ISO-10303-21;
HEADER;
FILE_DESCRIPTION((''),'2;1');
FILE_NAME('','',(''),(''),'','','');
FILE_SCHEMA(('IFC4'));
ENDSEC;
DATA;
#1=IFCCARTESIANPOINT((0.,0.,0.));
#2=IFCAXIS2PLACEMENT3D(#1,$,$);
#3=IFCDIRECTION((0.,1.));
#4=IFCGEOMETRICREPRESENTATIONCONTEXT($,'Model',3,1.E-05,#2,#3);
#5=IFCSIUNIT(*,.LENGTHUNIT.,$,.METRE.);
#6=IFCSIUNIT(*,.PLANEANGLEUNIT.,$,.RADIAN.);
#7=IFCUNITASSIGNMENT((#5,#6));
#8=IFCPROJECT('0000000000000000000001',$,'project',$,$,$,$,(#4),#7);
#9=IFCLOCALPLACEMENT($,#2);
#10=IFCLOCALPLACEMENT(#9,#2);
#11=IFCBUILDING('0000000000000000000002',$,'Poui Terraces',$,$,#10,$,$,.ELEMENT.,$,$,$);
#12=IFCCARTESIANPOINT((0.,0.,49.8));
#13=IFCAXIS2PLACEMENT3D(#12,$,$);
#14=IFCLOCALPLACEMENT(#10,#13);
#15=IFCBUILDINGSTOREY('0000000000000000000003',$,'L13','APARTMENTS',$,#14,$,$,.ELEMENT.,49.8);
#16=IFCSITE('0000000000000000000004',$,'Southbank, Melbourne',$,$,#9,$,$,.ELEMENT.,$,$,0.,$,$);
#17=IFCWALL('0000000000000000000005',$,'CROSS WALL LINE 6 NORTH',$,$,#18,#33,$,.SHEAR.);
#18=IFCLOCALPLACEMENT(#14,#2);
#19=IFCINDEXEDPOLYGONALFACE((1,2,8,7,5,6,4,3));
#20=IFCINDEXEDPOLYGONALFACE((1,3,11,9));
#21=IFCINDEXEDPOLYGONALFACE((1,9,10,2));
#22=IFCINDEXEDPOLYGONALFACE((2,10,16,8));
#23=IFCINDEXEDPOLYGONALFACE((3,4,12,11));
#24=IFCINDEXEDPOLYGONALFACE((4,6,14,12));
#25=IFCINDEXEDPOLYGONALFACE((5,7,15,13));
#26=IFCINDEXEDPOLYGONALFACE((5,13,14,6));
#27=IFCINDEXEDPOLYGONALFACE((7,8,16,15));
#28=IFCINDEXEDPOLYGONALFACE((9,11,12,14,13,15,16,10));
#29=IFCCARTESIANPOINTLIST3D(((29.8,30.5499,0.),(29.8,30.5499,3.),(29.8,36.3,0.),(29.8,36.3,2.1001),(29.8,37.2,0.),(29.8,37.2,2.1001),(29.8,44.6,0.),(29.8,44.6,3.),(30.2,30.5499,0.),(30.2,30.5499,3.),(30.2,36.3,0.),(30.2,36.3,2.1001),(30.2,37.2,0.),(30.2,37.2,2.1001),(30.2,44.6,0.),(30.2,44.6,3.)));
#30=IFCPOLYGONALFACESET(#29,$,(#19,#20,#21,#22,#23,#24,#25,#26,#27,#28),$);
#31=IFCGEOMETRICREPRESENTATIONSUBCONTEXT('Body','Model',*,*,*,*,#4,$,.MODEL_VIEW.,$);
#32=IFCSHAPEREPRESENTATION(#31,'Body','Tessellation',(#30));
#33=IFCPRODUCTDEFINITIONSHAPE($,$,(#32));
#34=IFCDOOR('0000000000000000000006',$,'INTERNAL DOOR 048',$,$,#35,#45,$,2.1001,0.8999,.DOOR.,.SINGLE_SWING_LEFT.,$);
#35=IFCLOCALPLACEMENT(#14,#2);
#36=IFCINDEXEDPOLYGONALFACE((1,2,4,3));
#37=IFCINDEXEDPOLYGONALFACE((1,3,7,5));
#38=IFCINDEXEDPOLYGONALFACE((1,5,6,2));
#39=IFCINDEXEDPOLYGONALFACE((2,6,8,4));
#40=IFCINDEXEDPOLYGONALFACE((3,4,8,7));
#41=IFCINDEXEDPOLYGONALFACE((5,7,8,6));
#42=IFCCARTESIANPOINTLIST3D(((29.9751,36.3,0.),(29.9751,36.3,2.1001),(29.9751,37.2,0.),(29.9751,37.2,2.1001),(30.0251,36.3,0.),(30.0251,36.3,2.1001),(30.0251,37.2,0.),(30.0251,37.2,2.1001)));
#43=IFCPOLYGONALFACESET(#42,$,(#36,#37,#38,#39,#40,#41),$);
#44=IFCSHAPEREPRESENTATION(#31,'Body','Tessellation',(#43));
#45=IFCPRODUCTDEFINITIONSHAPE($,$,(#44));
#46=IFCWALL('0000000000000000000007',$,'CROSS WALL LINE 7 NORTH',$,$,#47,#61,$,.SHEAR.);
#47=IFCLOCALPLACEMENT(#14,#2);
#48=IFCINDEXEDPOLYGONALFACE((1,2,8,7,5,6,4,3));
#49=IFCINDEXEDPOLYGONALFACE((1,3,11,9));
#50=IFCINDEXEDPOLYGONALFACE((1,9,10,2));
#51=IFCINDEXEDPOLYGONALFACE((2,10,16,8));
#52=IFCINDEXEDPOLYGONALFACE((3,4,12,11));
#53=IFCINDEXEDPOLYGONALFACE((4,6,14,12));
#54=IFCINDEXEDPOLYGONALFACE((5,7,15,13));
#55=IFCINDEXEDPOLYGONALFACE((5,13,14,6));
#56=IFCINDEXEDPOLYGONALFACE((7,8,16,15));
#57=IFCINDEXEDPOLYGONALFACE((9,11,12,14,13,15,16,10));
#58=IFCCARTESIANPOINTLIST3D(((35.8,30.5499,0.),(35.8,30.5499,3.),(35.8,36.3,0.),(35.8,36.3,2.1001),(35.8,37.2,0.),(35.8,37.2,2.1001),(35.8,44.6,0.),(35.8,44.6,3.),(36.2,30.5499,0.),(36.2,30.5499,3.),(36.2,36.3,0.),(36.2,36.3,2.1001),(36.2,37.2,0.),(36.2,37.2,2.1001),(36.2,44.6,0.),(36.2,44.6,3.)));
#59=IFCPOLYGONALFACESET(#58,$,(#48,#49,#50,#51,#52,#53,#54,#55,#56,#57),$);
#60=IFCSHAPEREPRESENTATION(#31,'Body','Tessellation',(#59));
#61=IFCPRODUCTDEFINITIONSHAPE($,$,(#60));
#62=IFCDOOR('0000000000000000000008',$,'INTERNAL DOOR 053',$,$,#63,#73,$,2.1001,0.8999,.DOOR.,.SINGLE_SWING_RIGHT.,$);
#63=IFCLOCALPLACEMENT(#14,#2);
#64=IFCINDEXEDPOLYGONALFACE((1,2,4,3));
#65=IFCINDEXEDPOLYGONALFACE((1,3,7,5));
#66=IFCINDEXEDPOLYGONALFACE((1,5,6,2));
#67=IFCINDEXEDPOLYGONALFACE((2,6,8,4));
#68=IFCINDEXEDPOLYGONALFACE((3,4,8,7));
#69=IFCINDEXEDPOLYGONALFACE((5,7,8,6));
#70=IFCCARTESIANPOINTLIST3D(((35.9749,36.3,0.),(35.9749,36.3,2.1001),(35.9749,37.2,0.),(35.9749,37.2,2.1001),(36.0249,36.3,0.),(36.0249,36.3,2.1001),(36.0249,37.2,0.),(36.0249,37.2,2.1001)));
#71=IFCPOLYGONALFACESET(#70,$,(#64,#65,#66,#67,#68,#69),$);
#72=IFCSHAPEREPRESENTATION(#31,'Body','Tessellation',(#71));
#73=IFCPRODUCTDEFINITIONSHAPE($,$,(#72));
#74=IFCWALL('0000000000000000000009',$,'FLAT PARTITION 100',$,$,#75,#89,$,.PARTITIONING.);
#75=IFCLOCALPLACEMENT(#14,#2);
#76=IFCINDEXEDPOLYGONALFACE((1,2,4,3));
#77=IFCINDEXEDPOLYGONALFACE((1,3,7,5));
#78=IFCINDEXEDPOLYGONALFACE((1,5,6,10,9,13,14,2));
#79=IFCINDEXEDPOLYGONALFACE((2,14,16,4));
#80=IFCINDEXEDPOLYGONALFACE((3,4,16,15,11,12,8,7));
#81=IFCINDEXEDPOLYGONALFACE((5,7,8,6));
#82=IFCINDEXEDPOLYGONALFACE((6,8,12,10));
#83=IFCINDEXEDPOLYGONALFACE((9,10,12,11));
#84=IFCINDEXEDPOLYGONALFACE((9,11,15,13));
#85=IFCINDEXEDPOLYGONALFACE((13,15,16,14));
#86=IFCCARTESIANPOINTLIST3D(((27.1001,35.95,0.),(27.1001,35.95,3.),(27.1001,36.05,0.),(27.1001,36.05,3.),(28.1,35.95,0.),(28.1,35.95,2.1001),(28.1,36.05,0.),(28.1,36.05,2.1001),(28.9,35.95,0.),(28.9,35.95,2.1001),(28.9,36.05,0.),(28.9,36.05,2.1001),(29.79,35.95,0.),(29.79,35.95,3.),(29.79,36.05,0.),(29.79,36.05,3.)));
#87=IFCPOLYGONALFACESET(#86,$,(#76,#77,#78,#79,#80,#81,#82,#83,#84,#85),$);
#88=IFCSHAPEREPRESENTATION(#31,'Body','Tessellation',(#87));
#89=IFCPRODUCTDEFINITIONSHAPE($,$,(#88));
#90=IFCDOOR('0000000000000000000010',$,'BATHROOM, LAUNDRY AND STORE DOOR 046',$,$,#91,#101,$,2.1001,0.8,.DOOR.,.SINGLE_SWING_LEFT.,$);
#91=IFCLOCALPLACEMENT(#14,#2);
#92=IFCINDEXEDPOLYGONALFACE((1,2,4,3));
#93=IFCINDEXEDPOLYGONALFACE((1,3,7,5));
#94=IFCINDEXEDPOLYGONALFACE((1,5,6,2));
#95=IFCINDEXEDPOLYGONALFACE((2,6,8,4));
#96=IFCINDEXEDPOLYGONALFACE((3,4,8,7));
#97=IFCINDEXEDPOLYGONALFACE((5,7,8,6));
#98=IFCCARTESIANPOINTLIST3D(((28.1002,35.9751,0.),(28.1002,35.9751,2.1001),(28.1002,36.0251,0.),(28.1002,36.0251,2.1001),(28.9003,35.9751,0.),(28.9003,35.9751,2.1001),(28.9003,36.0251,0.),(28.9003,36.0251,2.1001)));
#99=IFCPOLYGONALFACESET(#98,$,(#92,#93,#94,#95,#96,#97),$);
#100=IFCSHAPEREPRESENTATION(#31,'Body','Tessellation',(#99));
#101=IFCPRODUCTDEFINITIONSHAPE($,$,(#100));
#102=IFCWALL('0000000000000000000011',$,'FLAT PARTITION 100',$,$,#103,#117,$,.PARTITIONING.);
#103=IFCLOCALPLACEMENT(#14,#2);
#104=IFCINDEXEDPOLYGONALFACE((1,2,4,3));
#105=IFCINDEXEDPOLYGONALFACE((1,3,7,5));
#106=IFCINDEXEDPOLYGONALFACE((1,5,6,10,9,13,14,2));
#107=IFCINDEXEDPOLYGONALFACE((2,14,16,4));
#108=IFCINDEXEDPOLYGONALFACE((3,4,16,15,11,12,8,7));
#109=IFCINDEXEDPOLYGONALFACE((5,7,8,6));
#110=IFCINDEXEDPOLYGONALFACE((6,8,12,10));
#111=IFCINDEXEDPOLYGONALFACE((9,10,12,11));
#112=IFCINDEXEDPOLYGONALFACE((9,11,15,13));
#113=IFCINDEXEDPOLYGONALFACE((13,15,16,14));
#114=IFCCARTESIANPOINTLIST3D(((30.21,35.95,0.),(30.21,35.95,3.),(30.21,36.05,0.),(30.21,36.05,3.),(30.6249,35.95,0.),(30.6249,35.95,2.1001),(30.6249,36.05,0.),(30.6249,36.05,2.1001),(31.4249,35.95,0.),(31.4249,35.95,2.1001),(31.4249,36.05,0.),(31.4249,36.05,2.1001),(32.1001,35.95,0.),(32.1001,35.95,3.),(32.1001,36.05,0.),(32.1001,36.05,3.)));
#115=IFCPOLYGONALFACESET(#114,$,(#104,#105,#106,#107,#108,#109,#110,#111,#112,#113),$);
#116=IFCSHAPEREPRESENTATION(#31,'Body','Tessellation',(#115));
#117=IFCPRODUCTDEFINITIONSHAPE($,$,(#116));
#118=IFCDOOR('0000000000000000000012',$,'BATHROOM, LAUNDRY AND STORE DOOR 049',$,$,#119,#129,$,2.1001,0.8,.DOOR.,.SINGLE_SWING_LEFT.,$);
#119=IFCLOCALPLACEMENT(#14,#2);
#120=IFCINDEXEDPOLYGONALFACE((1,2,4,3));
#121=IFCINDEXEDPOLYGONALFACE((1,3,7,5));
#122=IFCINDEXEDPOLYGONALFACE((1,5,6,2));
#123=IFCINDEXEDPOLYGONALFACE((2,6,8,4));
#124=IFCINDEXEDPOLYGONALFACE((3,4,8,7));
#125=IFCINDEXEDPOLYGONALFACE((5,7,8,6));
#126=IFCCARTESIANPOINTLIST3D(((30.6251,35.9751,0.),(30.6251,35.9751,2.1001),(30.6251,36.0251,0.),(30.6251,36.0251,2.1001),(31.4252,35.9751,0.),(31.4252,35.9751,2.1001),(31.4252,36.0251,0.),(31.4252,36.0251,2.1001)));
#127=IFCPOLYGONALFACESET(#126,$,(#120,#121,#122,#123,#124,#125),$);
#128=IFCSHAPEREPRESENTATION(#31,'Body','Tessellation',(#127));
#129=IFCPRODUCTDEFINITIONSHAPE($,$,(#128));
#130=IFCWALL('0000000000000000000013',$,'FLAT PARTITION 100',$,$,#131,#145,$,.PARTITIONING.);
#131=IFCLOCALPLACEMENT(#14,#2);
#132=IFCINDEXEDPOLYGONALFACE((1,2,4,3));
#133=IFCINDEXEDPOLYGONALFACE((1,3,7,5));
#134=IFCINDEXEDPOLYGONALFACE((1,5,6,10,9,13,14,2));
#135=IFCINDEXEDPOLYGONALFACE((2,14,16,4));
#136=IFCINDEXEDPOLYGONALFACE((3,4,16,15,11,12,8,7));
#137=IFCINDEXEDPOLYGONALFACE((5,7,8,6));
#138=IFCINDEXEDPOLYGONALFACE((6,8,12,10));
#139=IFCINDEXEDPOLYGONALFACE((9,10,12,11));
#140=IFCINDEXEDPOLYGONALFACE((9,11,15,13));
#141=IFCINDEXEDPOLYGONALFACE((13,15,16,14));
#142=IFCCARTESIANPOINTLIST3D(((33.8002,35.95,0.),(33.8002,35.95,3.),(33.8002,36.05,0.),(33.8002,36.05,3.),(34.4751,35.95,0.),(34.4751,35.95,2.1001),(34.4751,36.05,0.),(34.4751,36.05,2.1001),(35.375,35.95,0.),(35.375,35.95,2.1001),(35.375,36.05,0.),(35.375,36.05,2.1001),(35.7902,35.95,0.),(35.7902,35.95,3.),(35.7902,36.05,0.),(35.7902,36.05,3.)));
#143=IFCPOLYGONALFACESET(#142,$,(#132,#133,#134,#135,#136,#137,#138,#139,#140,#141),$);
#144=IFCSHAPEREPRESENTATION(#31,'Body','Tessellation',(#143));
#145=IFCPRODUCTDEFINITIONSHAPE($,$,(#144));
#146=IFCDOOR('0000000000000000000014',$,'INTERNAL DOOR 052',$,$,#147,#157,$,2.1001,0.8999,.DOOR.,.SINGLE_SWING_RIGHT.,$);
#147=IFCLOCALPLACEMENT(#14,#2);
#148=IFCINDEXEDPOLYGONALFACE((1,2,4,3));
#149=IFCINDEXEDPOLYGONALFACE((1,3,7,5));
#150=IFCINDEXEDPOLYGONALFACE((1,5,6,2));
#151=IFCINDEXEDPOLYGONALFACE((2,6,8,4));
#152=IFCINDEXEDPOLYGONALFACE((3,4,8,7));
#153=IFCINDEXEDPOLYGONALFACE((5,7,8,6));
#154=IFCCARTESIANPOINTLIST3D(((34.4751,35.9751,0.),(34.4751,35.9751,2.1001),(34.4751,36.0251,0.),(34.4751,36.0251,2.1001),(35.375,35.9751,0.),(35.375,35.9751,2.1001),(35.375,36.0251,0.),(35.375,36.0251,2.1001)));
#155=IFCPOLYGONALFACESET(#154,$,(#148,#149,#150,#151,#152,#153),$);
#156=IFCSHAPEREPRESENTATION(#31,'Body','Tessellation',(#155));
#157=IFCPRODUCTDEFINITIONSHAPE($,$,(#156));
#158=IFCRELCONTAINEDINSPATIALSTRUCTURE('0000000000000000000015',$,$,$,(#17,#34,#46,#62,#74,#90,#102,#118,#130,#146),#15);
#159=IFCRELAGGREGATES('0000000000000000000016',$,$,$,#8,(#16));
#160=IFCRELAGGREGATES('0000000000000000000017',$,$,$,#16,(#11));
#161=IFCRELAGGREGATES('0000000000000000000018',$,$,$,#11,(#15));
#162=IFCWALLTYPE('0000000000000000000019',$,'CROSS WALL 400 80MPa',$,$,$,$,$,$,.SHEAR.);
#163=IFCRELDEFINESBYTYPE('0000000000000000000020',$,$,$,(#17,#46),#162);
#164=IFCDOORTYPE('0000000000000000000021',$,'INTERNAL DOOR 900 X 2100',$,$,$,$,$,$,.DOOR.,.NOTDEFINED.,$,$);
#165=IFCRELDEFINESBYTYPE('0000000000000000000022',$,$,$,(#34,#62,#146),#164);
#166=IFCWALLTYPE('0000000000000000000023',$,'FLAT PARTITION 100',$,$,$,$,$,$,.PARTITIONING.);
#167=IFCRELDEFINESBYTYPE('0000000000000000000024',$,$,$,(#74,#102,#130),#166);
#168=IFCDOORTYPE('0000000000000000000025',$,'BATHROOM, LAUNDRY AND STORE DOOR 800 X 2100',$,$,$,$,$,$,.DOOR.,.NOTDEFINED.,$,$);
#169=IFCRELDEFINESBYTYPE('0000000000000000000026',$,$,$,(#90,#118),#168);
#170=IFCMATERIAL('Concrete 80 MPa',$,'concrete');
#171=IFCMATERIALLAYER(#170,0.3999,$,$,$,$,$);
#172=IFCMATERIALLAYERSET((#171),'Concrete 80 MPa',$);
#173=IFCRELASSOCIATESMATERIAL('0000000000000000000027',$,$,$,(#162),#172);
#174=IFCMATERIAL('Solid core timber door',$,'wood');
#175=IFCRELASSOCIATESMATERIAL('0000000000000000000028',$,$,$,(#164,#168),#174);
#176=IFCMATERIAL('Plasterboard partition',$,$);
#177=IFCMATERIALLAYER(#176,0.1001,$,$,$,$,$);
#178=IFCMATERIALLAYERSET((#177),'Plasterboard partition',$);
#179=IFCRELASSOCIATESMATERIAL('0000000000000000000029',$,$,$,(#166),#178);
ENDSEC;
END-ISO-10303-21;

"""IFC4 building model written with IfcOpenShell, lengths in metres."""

from ifc_helpers import new_model, si_unit, direction, frame, frame_2d, origin, place, context, subcontext, project, spatial, rectangle, extrude, material, layer, layer_set, type_object, element, fill, save


model = new_model("IFC4")

# Units and contexts
model_context = context("Model", 3, precision=1e-05, world=origin(), true_north=direction((0.0, 1.0)))
body_context = subcontext(model_context, "Body", "Model", "MODEL_VIEW")
ifc_project = project(units=[si_unit("LENGTHUNIT", "METRE"), si_unit("PLANEANGLEUNIT", "RADIAN")], contexts=[model_context])

# Site, building, storey
site_placement = place(None, origin())
site = spatial("IfcSite", under=ifc_project, at=site_placement, Name="Southbank, Melbourne", CompositionType="ELEMENT", RefElevation=0.0)
building_placement = place(site_placement, origin())
building = spatial("IfcBuilding", under=site, at=building_placement, Name="Poui Terraces", CompositionType="ELEMENT")
storey_placement = place(building_placement, frame((0.0, 0.0, 49.8)))
storey = spatial("IfcBuildingStorey", under=building, at=storey_placement, Name="L13", Description="APARTMENTS", CompositionType="ELEMENT", Elevation=49.8)

# Walls, openings, doors
ifc_material_1 = material(Name="Concrete 80 MPa", Category="concrete")
ifc_layer_1 = layer(ifc_material_1, 0.3999)
ifc_layer_set_1 = layer_set([ifc_layer_1], Name="Concrete 80 MPa")
wall_type_1 = type_object("IfcWallType", Name="CROSS WALL 400 80MPa", PredefinedType="SHEAR", material=ifc_layer_set_1)
wall_1_placement = place(storey_placement, frame((30.0, 30.55, 0.0), z_axis=(0.0, 0.0, 1.0), x_axis=(0.0, 1.0, 0.0)))
wall_1 = element("IfcWall", 1, at=wall_1_placement, inside=storey, type_object=wall_type_1, Name="CROSS WALL LINE 6 NORTH", PredefinedType="SHEAR", context=body_context, shape_type="SweptSolid", body=[
    extrude(rectangle(XDim=14.05, YDim=0.3999, at=frame_2d((7.0249, 0.0))), origin(), (0.0, 0.0, 1.0), 3.0),
])
opening_1_placement = place(wall_1_placement, frame((5.75, 0.0, 0.0)))
opening_1 = element("IfcOpeningElement", 2, at=opening_1_placement, cuts=wall_1, PredefinedType="OPENING", context=body_context, shape_type="SweptSolid", body=[
    extrude(rectangle(XDim=0.8999, YDim=2.1001, at=frame_2d((0.45, 1.05))), frame((0.0, 0.21, 0.0), z_axis=(0.0, -1.0, 0.0), x_axis=(1.0, 0.0, 0.0)), (0.0, 0.0, 1.0), 0.4199),
])
ifc_material_2 = material(Name="Solid core timber door", Category="wood")
door_type_1 = type_object("IfcDoorType", Name="INTERNAL DOOR 900 X 2100", OperationType="NOTDEFINED", PredefinedType="DOOR", material=ifc_material_2)
door_1_placement = place(opening_1_placement, origin())
door_1 = element("IfcDoor", 3, at=door_1_placement, inside=storey, type_object=door_type_1, Name="INTERNAL DOOR 048", OperationType="SINGLE_SWING_LEFT", OverallHeight=2.1001, OverallWidth=0.8999, PredefinedType="DOOR", context=body_context, shape_type="SweptSolid", body=[
    extrude(rectangle(XDim=0.8999, YDim=2.1001, at=frame_2d((0.45, 1.05))), frame((0.0, 0.0249, 0.0), z_axis=(0.0, -1.0, 0.0), x_axis=(1.0, 0.0, 0.0)), (0.0, 0.0, 1.0), 0.05),
])
fill(opening_1, door_1)
wall_2_placement = place(storey_placement, frame((36.0, 30.55, 0.0), z_axis=(0.0, 0.0, 1.0), x_axis=(0.0, 1.0, 0.0)))
wall_2 = element("IfcWall", 4, at=wall_2_placement, inside=storey, type_object=wall_type_1, Name="CROSS WALL LINE 7 NORTH", PredefinedType="SHEAR", context=body_context, shape_type="SweptSolid", body=[
    extrude(rectangle(XDim=14.05, YDim=0.3999, at=frame_2d((7.0249, 0.0))), origin(), (0.0, 0.0, 1.0), 3.0),
])
opening_2_placement = place(wall_2_placement, frame((5.75, 0.0, 0.0)))
opening_2 = element("IfcOpeningElement", 5, at=opening_2_placement, cuts=wall_2, PredefinedType="OPENING", context=body_context, shape_type="SweptSolid", body=[
    extrude(rectangle(XDim=0.8999, YDim=2.1001, at=frame_2d((0.45, 1.05))), frame((0.0, 0.21, 0.0), z_axis=(0.0, -1.0, 0.0), x_axis=(1.0, 0.0, 0.0)), (0.0, 0.0, 1.0), 0.4199),
])
door_2_placement = place(opening_2_placement, frame((0.8999, 0.0, 0.0), z_axis=(0.0, 0.0, 1.0), x_axis=(-1.0, 0.0, 0.0)))
door_2 = element("IfcDoor", 6, at=door_2_placement, inside=storey, type_object=door_type_1, Name="INTERNAL DOOR 053", OperationType="SINGLE_SWING_RIGHT", OverallHeight=2.1001, OverallWidth=0.8999, PredefinedType="DOOR", context=body_context, shape_type="SweptSolid", body=[
    extrude(rectangle(XDim=0.8999, YDim=2.1001, at=frame_2d((0.45, 1.05))), frame((0.0, 0.0249, 0.0), z_axis=(0.0, -1.0, 0.0), x_axis=(1.0, 0.0, 0.0)), (0.0, 0.0, 1.0), 0.05),
])
fill(opening_2, door_2)
ifc_material_3 = material(Name="Plasterboard partition")
ifc_layer_2 = layer(ifc_material_3, 0.1001)
ifc_layer_set_2 = layer_set([ifc_layer_2], Name="Plasterboard partition")
wall_type_2 = type_object("IfcWallType", Name="FLAT PARTITION 100", PredefinedType="PARTITIONING", material=ifc_layer_set_2)
wall_3_placement = place(storey_placement, frame((27.1001, 36.0, 0.0), z_axis=(0.0, 0.0, 1.0), x_axis=(1.0, 0.0, 0.0)))
wall_3 = element("IfcWall", 7, at=wall_3_placement, inside=storey, type_object=wall_type_2, Name="FLAT PARTITION 100", PredefinedType="PARTITIONING", context=body_context, shape_type="SweptSolid", body=[
    extrude(rectangle(XDim=2.6899, YDim=0.1001, at=frame_2d((1.345, 0.0))), origin(), (0.0, 0.0, 1.0), 3.0),
])
opening_3_placement = place(wall_3_placement, frame((1.0, 0.0, 0.0)))
opening_3 = element("IfcOpeningElement", 8, at=opening_3_placement, cuts=wall_3, PredefinedType="OPENING", context=body_context, shape_type="SweptSolid", body=[
    extrude(rectangle(XDim=0.8, YDim=2.1001, at=frame_2d((0.3999, 1.05))), frame((0.0, 0.0601, 0.0), z_axis=(0.0, -1.0, 0.0), x_axis=(1.0, 0.0, 0.0)), (0.0, 0.0, 1.0), 0.1201),
])
door_type_2 = type_object("IfcDoorType", Name="BATHROOM, LAUNDRY AND STORE DOOR 800 X 2100", OperationType="NOTDEFINED", PredefinedType="DOOR", material=ifc_material_2)
door_3_placement = place(opening_3_placement, frame((0.8, 0.0, 0.0), z_axis=(0.0, 0.0, 1.0), x_axis=(-1.0, 0.0, 0.0)))
door_3 = element("IfcDoor", 9, at=door_3_placement, inside=storey, type_object=door_type_2, Name="BATHROOM, LAUNDRY AND STORE DOOR 046", OperationType="SINGLE_SWING_LEFT", OverallHeight=2.1001, OverallWidth=0.8, PredefinedType="DOOR", context=body_context, shape_type="SweptSolid", body=[
    extrude(rectangle(XDim=0.8, YDim=2.1001, at=frame_2d((0.3999, 1.05))), frame((0.0, 0.0249, 0.0), z_axis=(0.0, -1.0, 0.0), x_axis=(1.0, 0.0, 0.0)), (0.0, 0.0, 1.0), 0.05),
])
fill(opening_3, door_3)
wall_4_placement = place(storey_placement, frame((30.21, 36.0, 0.0), z_axis=(0.0, 0.0, 1.0), x_axis=(1.0, 0.0, 0.0)))
wall_4 = element("IfcWall", 10, at=wall_4_placement, inside=storey, type_object=wall_type_2, Name="FLAT PARTITION 100", PredefinedType="PARTITIONING", context=body_context, shape_type="SweptSolid", body=[
    extrude(rectangle(XDim=1.8901, YDim=0.1001, at=frame_2d((0.9451, 0.0))), origin(), (0.0, 0.0, 1.0), 3.0),
])
opening_4_placement = place(wall_4_placement, frame((0.415, 0.0, 0.0)))
opening_4 = element("IfcOpeningElement", 11, at=opening_4_placement, cuts=wall_4, PredefinedType="OPENING", context=body_context, shape_type="SweptSolid", body=[
    extrude(rectangle(XDim=0.8, YDim=2.1001, at=frame_2d((0.3999, 1.05))), frame((0.0, 0.0601, 0.0), z_axis=(0.0, -1.0, 0.0), x_axis=(1.0, 0.0, 0.0)), (0.0, 0.0, 1.0), 0.1201),
])
door_4_placement = place(opening_4_placement, frame((0.8, 0.0, 0.0), z_axis=(0.0, 0.0, 1.0), x_axis=(-1.0, 0.0, 0.0)))
door_4 = element("IfcDoor", 12, at=door_4_placement, inside=storey, type_object=door_type_2, Name="BATHROOM, LAUNDRY AND STORE DOOR 049", OperationType="SINGLE_SWING_LEFT", OverallHeight=2.1001, OverallWidth=0.8, PredefinedType="DOOR", context=body_context, shape_type="SweptSolid", body=[
    extrude(rectangle(XDim=0.8, YDim=2.1001, at=frame_2d((0.3999, 1.05))), frame((0.0, 0.0249, 0.0), z_axis=(0.0, -1.0, 0.0), x_axis=(1.0, 0.0, 0.0)), (0.0, 0.0, 1.0), 0.05),
])
fill(opening_4, door_4)
wall_5_placement = place(storey_placement, frame((33.8, 36.0, 0.0), z_axis=(0.0, 0.0, 1.0), x_axis=(1.0, 0.0, 0.0)))
wall_5 = element("IfcWall", 13, at=wall_5_placement, inside=storey, type_object=wall_type_2, Name="FLAT PARTITION 100", PredefinedType="PARTITIONING", context=body_context, shape_type="SweptSolid", body=[
    extrude(rectangle(XDim=1.99, YDim=0.1001, at=frame_2d((0.9951, 0.0))), origin(), (0.0, 0.0, 1.0), 3.0),
])
opening_5_placement = place(wall_5_placement, frame((0.675, 0.0, 0.0)))
opening_5 = element("IfcOpeningElement", 14, at=opening_5_placement, cuts=wall_5, PredefinedType="OPENING", context=body_context, shape_type="SweptSolid", body=[
    extrude(rectangle(XDim=0.8999, YDim=2.1001, at=frame_2d((0.45, 1.05))), frame((0.0, 0.0601, 0.0), z_axis=(0.0, -1.0, 0.0), x_axis=(1.0, 0.0, 0.0)), (0.0, 0.0, 1.0), 0.1201),
])
door_5_placement = place(opening_5_placement, frame((0.8999, 0.0, 0.0), z_axis=(0.0, 0.0, 1.0), x_axis=(-1.0, 0.0, 0.0)))
door_5 = element("IfcDoor", 15, at=door_5_placement, inside=storey, type_object=door_type_1, Name="INTERNAL DOOR 052", OperationType="SINGLE_SWING_RIGHT", OverallHeight=2.1001, OverallWidth=0.8999, PredefinedType="DOOR", context=body_context, shape_type="SweptSolid", body=[
    extrude(rectangle(XDim=0.8999, YDim=2.1001, at=frame_2d((0.45, 1.05))), frame((0.0, 0.0249, 0.0), z_axis=(0.0, -1.0, 0.0), x_axis=(1.0, 0.0, 0.0)), (0.0, 0.0, 1.0), 0.05),
])
fill(opening_5, door_5)

save(model, "model.ifc")
